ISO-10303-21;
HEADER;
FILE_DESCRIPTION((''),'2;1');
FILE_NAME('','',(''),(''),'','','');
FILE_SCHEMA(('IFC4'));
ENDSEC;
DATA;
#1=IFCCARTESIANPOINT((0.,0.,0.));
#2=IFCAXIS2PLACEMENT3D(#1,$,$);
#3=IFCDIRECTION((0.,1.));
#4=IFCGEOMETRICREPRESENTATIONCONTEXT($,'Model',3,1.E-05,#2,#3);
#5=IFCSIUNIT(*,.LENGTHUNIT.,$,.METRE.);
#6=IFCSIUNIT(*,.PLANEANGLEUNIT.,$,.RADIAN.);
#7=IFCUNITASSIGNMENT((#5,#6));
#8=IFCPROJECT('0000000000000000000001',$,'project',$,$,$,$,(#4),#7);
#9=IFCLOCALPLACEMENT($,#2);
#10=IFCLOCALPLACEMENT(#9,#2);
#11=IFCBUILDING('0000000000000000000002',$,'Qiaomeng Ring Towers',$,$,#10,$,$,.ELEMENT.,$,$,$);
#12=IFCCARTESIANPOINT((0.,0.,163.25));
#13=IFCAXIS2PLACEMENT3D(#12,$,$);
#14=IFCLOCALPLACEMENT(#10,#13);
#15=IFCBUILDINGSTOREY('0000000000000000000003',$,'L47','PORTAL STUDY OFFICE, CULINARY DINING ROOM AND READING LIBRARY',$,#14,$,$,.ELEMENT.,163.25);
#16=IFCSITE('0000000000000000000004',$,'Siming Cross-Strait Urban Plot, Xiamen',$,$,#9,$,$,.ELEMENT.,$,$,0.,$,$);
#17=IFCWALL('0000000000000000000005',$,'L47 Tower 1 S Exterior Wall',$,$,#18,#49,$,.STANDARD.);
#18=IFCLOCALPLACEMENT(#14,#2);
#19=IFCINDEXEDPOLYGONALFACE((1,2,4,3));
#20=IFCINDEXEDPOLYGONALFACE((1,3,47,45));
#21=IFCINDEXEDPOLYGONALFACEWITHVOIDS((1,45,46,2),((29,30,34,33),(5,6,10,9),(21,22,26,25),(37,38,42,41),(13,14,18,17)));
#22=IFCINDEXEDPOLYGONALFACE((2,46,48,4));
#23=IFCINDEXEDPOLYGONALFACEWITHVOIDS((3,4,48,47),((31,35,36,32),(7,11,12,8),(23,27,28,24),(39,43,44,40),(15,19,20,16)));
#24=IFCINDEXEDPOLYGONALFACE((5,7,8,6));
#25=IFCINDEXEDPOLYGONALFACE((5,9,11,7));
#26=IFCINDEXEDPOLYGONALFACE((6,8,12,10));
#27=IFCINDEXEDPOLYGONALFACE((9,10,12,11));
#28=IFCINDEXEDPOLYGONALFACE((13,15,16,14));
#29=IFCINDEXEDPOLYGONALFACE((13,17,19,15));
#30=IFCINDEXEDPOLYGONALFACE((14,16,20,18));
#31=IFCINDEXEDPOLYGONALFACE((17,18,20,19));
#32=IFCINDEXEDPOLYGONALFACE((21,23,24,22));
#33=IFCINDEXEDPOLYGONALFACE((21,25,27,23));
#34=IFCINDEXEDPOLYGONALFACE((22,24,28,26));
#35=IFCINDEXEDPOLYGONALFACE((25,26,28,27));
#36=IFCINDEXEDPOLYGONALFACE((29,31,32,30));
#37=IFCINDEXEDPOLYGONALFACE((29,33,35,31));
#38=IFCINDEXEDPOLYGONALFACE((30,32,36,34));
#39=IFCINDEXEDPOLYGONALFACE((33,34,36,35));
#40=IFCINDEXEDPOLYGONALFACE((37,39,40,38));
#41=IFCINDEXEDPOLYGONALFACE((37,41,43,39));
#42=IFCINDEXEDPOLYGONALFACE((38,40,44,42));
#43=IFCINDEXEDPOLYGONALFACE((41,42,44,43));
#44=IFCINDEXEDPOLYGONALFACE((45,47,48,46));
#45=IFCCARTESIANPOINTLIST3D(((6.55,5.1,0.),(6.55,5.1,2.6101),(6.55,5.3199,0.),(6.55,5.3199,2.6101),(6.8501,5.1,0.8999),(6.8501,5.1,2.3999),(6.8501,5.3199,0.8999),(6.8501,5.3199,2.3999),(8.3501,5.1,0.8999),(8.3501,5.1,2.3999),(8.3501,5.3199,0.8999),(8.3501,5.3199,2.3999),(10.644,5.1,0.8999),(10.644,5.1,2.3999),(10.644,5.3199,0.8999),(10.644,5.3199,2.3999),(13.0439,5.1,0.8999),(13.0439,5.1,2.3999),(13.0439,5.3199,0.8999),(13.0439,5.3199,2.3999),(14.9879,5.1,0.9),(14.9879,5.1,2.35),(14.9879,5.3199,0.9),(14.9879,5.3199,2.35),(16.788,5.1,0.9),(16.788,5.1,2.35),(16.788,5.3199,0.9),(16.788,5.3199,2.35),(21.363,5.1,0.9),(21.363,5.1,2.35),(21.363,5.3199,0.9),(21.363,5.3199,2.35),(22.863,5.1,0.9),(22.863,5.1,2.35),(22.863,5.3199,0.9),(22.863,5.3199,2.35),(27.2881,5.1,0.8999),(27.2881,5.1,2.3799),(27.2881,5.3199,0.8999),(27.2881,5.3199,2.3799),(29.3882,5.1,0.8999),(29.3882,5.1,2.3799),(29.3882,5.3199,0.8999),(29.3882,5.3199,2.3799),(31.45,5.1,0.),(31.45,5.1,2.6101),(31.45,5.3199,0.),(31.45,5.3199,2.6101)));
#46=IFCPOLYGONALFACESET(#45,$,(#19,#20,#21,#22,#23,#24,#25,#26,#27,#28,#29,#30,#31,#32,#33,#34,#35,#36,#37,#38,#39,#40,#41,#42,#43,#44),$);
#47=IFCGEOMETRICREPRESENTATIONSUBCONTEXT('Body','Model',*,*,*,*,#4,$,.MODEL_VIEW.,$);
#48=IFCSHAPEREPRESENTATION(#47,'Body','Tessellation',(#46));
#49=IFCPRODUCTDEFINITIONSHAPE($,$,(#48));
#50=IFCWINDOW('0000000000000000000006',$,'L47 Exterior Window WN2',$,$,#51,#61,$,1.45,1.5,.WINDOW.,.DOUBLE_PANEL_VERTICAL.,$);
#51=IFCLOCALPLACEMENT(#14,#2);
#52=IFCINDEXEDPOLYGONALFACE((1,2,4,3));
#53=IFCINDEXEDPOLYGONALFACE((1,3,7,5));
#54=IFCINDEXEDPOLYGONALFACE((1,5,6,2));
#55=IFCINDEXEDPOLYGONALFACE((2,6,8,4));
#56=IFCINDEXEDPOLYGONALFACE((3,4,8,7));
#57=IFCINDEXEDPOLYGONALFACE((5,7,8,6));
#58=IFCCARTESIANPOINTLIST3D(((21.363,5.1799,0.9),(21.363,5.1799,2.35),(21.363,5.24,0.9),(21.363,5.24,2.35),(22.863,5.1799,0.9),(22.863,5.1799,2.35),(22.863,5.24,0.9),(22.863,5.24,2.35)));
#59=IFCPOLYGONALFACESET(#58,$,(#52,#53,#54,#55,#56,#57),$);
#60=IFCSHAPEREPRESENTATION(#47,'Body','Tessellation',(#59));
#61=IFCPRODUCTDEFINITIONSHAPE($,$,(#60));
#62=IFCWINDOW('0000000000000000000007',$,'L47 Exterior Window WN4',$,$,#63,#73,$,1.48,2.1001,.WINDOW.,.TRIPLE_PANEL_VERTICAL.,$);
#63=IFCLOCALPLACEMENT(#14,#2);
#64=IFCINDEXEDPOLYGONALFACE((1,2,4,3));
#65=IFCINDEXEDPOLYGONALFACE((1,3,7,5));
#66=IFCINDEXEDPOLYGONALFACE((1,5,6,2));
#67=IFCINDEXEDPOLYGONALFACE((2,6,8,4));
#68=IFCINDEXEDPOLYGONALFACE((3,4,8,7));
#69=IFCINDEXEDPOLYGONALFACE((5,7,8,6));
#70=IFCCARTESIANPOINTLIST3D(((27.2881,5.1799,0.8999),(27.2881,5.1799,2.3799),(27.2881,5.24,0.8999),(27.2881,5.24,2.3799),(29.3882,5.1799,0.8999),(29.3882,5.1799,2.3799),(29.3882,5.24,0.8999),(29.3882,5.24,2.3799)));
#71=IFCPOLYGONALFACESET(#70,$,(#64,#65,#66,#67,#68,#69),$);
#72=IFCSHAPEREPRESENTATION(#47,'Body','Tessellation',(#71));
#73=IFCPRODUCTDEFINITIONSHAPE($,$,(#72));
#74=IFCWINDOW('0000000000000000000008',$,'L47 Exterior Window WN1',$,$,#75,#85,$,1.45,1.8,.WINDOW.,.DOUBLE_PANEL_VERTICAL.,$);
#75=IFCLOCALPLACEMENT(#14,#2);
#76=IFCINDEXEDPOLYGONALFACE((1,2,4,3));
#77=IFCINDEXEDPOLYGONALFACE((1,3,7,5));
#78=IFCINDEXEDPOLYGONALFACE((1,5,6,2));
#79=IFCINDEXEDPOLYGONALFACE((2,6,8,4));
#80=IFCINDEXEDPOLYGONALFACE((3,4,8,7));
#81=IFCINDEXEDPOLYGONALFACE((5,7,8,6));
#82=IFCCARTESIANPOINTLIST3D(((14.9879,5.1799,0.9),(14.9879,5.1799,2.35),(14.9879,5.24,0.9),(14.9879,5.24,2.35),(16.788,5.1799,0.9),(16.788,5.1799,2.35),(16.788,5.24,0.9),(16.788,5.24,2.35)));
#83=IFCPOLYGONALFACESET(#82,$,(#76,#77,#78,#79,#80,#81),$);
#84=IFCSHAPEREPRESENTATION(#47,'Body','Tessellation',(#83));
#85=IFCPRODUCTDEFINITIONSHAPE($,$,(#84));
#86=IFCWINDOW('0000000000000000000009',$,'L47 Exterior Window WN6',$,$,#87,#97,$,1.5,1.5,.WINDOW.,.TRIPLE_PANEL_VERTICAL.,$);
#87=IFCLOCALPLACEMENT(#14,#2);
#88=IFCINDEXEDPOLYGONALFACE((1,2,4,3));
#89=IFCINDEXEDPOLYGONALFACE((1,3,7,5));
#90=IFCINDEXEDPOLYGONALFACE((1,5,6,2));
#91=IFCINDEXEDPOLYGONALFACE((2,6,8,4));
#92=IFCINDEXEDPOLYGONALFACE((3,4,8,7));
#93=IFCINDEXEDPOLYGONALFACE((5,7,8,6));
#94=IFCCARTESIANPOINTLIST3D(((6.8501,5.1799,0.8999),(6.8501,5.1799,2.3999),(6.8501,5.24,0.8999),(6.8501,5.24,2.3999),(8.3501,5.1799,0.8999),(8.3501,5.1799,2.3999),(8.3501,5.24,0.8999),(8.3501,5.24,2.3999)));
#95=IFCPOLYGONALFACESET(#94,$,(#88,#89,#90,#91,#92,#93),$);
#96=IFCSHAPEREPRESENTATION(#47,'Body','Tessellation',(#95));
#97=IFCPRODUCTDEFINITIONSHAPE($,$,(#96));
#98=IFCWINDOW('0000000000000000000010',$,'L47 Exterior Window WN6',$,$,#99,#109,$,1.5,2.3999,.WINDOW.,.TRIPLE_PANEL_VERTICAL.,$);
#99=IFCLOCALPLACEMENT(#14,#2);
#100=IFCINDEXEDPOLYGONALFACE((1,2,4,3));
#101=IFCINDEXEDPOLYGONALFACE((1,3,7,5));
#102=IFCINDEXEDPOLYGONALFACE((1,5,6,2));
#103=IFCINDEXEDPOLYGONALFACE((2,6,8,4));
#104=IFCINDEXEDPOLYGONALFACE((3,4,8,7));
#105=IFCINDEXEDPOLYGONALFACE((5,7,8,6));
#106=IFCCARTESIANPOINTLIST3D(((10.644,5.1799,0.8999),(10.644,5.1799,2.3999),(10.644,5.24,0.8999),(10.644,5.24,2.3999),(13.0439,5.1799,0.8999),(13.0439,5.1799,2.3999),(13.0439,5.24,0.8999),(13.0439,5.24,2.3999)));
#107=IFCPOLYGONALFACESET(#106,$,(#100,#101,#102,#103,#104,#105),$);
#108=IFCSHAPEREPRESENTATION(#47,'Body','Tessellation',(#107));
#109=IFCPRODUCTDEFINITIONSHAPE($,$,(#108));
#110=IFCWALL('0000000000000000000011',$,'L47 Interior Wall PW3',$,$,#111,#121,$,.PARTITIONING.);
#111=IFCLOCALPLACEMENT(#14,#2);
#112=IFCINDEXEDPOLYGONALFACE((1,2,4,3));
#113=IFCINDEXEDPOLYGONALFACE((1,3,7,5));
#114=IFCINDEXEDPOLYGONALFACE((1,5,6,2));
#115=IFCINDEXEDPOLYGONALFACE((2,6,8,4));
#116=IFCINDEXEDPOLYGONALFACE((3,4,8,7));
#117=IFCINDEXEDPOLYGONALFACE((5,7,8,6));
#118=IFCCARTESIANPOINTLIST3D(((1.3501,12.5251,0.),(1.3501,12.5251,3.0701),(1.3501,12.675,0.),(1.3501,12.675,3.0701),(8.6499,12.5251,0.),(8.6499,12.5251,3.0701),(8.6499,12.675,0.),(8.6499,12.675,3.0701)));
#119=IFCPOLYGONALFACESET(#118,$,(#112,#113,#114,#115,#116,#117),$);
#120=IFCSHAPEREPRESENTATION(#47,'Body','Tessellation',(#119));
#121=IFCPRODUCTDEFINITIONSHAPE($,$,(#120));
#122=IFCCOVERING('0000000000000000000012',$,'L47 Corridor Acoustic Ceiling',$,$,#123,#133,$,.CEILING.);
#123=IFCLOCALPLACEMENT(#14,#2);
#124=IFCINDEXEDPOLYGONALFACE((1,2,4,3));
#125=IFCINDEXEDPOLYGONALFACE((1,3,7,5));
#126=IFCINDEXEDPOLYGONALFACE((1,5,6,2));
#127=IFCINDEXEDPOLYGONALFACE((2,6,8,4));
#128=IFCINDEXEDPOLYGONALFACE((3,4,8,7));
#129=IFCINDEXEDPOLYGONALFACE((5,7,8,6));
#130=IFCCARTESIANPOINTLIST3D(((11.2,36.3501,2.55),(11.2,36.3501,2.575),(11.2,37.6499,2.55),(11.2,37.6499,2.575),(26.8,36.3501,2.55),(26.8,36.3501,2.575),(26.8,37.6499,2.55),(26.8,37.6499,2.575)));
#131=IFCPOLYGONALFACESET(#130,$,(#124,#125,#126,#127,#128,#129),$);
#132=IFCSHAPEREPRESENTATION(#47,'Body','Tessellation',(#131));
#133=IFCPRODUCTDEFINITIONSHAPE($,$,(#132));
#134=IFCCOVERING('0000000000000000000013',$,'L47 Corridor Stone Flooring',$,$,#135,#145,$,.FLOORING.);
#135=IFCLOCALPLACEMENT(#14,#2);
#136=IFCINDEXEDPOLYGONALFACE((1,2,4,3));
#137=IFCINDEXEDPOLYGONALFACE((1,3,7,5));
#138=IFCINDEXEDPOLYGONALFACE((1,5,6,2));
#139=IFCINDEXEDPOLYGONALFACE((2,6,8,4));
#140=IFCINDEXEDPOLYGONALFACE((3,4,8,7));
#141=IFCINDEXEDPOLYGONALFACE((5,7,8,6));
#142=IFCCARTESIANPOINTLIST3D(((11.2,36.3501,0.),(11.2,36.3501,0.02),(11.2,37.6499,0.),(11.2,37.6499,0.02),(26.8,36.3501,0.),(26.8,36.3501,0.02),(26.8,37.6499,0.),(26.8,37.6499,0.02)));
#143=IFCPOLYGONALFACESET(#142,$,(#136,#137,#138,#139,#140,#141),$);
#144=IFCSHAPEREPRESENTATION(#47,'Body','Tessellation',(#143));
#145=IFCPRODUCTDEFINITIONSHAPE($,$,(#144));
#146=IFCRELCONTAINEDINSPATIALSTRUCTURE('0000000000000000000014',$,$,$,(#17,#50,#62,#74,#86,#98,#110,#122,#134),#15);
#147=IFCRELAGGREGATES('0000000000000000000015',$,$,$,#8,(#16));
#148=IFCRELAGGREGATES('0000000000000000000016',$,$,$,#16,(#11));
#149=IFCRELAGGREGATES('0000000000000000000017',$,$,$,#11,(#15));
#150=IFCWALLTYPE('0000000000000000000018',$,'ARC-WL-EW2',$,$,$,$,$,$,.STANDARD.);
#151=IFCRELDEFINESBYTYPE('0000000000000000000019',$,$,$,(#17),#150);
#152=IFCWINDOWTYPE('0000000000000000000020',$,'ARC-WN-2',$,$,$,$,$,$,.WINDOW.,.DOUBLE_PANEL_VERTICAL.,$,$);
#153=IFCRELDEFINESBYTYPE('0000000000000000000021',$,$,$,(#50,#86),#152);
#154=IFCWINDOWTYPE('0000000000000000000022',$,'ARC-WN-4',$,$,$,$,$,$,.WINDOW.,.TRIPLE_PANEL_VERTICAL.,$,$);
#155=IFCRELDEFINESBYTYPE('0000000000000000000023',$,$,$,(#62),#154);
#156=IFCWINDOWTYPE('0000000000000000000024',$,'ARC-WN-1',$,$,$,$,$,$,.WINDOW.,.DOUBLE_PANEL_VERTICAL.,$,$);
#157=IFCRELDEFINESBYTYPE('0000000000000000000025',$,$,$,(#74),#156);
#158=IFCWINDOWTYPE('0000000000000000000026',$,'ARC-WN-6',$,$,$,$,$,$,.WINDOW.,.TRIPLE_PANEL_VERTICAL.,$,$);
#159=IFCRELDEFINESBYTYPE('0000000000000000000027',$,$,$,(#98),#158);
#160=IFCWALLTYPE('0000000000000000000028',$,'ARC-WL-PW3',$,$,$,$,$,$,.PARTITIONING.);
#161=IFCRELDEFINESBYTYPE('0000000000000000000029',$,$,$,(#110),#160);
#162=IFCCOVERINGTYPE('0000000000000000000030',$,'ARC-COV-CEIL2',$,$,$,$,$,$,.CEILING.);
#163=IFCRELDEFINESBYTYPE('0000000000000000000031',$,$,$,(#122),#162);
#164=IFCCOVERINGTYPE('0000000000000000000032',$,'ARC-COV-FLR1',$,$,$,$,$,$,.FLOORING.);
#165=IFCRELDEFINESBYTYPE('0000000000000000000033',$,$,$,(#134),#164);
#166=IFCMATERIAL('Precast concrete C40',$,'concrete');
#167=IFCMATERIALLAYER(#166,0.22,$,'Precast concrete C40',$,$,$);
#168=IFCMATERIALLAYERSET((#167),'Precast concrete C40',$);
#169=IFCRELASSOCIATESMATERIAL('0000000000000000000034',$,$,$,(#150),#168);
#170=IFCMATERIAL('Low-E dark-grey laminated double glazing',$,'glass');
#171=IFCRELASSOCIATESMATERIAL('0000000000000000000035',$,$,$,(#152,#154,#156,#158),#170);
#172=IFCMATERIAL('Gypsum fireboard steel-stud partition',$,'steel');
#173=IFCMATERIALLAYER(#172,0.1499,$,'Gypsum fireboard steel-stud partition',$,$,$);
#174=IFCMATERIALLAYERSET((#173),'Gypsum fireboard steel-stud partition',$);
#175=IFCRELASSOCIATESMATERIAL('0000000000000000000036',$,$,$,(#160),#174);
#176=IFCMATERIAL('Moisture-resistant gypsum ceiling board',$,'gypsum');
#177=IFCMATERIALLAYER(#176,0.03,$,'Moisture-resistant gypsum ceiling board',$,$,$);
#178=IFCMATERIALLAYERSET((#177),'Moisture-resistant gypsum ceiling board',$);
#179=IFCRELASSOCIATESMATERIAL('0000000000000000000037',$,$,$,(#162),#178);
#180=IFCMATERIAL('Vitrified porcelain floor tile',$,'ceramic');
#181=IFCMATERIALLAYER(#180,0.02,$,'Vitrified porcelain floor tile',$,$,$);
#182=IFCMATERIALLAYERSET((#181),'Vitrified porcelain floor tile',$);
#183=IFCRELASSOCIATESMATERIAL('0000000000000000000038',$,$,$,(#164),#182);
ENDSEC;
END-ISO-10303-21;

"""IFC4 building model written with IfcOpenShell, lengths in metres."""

from ifc_helpers import new_model, si_unit, direction, frame, frame_2d, origin, place, context, subcontext, project, spatial, polyline, rectangle, outline, extrude, source, transform, mapped, material, layer, layer_set, type_object, element, fill, save


model = new_model("IFC4")

# Units and contexts
model_context = context("Model", 3, precision=1e-05, world=origin(), true_north=direction((0.0, 1.0)))
body_context = subcontext(model_context, "Body", "Model", "MODEL_VIEW")
ifc_project = project(units=[si_unit("LENGTHUNIT", "METRE"), si_unit("PLANEANGLEUNIT", "RADIAN")], contexts=[model_context])

# Site, building, storey
site_placement = place(None, origin())
site = spatial("IfcSite", under=ifc_project, at=site_placement, Name="Siming Cross-Strait Urban Plot, Xiamen", CompositionType="ELEMENT", RefElevation=0.0)
building_placement = place(site_placement, origin())
building = spatial("IfcBuilding", under=site, at=building_placement, Name="Qiaomeng Ring Towers", CompositionType="ELEMENT")
storey_placement = place(building_placement, frame((0.0, 0.0, 163.25)))
storey = spatial("IfcBuildingStorey", under=building, at=storey_placement, Name="L47", Description="PORTAL STUDY OFFICE, CULINARY DINING ROOM AND READING LIBRARY", CompositionType="ELEMENT", Elevation=163.25)

# Shared definitions
ifc_material_1 = material(Name="Precast concrete C40", Category="concrete")

# Shared definitions
ifc_material_2 = material(Name="Low-E dark-grey laminated double glazing", Category="glass")

# Shared definitions
ifc_layer_1 = layer(ifc_material_1, 0.22, Name="Precast concrete C40")
ifc_layer_set_1 = layer_set([ifc_layer_1], Name="Precast concrete C40")
wall_type_1 = type_object("IfcWallType", Name="ARC-WL-EW2", PredefinedType="STANDARD", material=ifc_layer_set_1)

# Wall, openings, windows
wall_1_placement = place(storey_placement, frame((6.55, 5.21, 0.0), z_axis=(0.0, 0.0, 1.0), x_axis=(1.0, 0.0, 0.0)))
wall_1 = element("IfcWall", 1, at=wall_1_placement, inside=storey, type_object=wall_type_1, Name="L47 Tower 1 S Exterior Wall", PredefinedType="STANDARD", context=body_context, shape_type="SweptSolid", body=[
    extrude(rectangle(XDim=24.8999, YDim=0.22, at=frame_2d((12.45, 0.0))), origin(), (0.0, 0.0, 1.0), 2.6101),
])
opening_1_placement = place(wall_1_placement, frame((0.3, 0.0, 0.8999)))
opening_1 = element("IfcOpeningElement", 2, at=opening_1_placement, cuts=wall_1, PredefinedType="OPENING", context=body_context, shape_type="SweptSolid", body=[
    extrude(rectangle(XDim=1.5, YDim=1.5, at=frame_2d((0.75, 0.75))), frame((0.0, 0.1199, 0.0), z_axis=(0.0, -1.0, 0.0), x_axis=(1.0, 0.0, 0.0)), (0.0, 0.0, 1.0), 0.24),
])
opening_2_placement = place(wall_1_placement, frame((8.438, 0.0, 0.8999)))
opening_2 = element("IfcOpeningElement", 3, at=opening_2_placement, cuts=wall_1, PredefinedType="OPENING", context=body_context, shape_type="SweptSolid", body=[
    extrude(rectangle(XDim=1.8, YDim=1.45, at=frame_2d((0.8999, 0.7251))), frame((0.0, 0.1199, 0.0), z_axis=(0.0, -1.0, 0.0), x_axis=(1.0, 0.0, 0.0)), (0.0, 0.0, 1.0), 0.24),
])
opening_3_placement = place(wall_1_placement, frame((14.813, 0.0, 0.8999)))
opening_3 = element("IfcOpeningElement", 4, at=opening_3_placement, cuts=wall_1, PredefinedType="OPENING", context=body_context, shape_type="SweptSolid", body=[
    extrude(rectangle(XDim=1.5, YDim=1.45, at=frame_2d((0.75, 0.7251))), frame((0.0, 0.1199, 0.0), z_axis=(0.0, -1.0, 0.0), x_axis=(1.0, 0.0, 0.0)), (0.0, 0.0, 1.0), 0.24),
])
opening_4_placement = place(wall_1_placement, frame((20.738, 0.0, 0.8999)))
opening_4 = element("IfcOpeningElement", 5, at=opening_4_placement, cuts=wall_1, PredefinedType="OPENING", context=body_context, shape_type="SweptSolid", body=[
    extrude(rectangle(XDim=2.1001, YDim=1.48, at=frame_2d((1.05, 0.74))), frame((0.0, 0.1199, 0.0), z_axis=(0.0, -1.0, 0.0), x_axis=(1.0, 0.0, 0.0)), (0.0, 0.0, 1.0), 0.24),
])
opening_5_placement = place(wall_1_placement, frame((4.094, 0.0, 0.8999)))
opening_5 = element("IfcOpeningElement", 6, at=opening_5_placement, cuts=wall_1, PredefinedType="OPENING", context=body_context, shape_type="SweptSolid", body=[
    extrude(rectangle(XDim=2.3999, YDim=1.5, at=frame_2d((1.2, 0.75))), frame((0.0, 0.1199, 0.0), z_axis=(0.0, -1.0, 0.0), x_axis=(1.0, 0.0, 0.0)), (0.0, 0.0, 1.0), 0.24),
])
window_type_1 = type_object("IfcWindowType", Name="ARC-WN-2", PartitioningType="DOUBLE_PANEL_VERTICAL", PredefinedType="WINDOW", material=ifc_material_2)
shared_shape_1 = source(origin(), body_context, "Body", "SweptSolid", [
    extrude(rectangle(XDim=1.5, YDim=1.45, at=frame_2d((0.75, 0.7251))), frame((0.0, 0.03, 0.0), z_axis=(0.0, -1.0, 0.0), x_axis=(1.0, 0.0, 0.0)), (0.0, 0.0, 1.0), 0.0601),
])
window_1_placement = place(opening_3_placement, origin())
window_1 = element("IfcWindow", 7, at=window_1_placement, inside=storey, type_object=window_type_1, Name="L47 Exterior Window WN2", OverallHeight=1.45, OverallWidth=1.5, PartitioningType="DOUBLE_PANEL_VERTICAL", PredefinedType="WINDOW", context=body_context, shape_type="MappedRepresentation", body=[
    mapped(shared_shape_1, transform((0.0, 0.0, 0.0), x_axis=(1.0, 0.0, 0.0), y_axis=(0.0, 1.0, 0.0), z_axis=(0.0, 0.0, 1.0), scale=1.0)),
])
fill(opening_3, window_1)
window_type_2 = type_object("IfcWindowType", Name="ARC-WN-4", PartitioningType="TRIPLE_PANEL_VERTICAL", PredefinedType="WINDOW", material=ifc_material_2)
shared_shape_2 = source(origin(), body_context, "Body", "SweptSolid", [
    extrude(rectangle(XDim=2.1001, YDim=1.48, at=frame_2d((1.05, 0.74))), frame((0.0, 0.03, 0.0), z_axis=(0.0, -1.0, 0.0), x_axis=(1.0, 0.0, 0.0)), (0.0, 0.0, 1.0), 0.0601),
])
window_2_placement = place(opening_4_placement, origin())
window_2 = element("IfcWindow", 8, at=window_2_placement, inside=storey, type_object=window_type_2, Name="L47 Exterior Window WN4", OverallHeight=1.48, OverallWidth=2.1001, PartitioningType="TRIPLE_PANEL_VERTICAL", PredefinedType="WINDOW", context=body_context, shape_type="MappedRepresentation", body=[
    mapped(shared_shape_2, transform((0.0, 0.0, 0.0), x_axis=(1.0, 0.0, 0.0), y_axis=(0.0, 1.0, 0.0), z_axis=(0.0, 0.0, 1.0), scale=1.0)),
])
fill(opening_4, window_2)
window_type_3 = type_object("IfcWindowType", Name="ARC-WN-1", PartitioningType="DOUBLE_PANEL_VERTICAL", PredefinedType="WINDOW", material=ifc_material_2)
shared_shape_3 = source(origin(), body_context, "Body", "SweptSolid", [
    extrude(rectangle(XDim=1.8, YDim=1.45, at=frame_2d((0.8999, 0.7251))), frame((0.0, 0.03, 0.0), z_axis=(0.0, -1.0, 0.0), x_axis=(1.0, 0.0, 0.0)), (0.0, 0.0, 1.0), 0.0601),
])
window_3_placement = place(opening_2_placement, origin())
window_3 = element("IfcWindow", 9, at=window_3_placement, inside=storey, type_object=window_type_3, Name="L47 Exterior Window WN1", OverallHeight=1.45, OverallWidth=1.8, PartitioningType="DOUBLE_PANEL_VERTICAL", PredefinedType="WINDOW", context=body_context, shape_type="MappedRepresentation", body=[
    mapped(shared_shape_3, transform((0.0, 0.0, 0.0), x_axis=(1.0, 0.0, 0.0), y_axis=(0.0, 1.0, 0.0), z_axis=(0.0, 0.0, 1.0), scale=1.0)),
])
fill(opening_2, window_3)
shared_shape_4 = source(origin(), body_context, "Body", "SweptSolid", [
    extrude(rectangle(XDim=1.5, YDim=1.5, at=frame_2d((0.75, 0.75))), frame((0.0, 0.03, 0.0), z_axis=(0.0, -1.0, 0.0), x_axis=(1.0, 0.0, 0.0)), (0.0, 0.0, 1.0), 0.0601),
])
window_4_placement = place(opening_1_placement, origin())
window_4 = element("IfcWindow", 10, at=window_4_placement, inside=storey, type_object=window_type_1, Name="L47 Exterior Window WN6", OverallHeight=1.5, OverallWidth=1.5, PartitioningType="TRIPLE_PANEL_VERTICAL", PredefinedType="WINDOW", context=body_context, shape_type="MappedRepresentation", body=[
    mapped(shared_shape_4, transform((0.0, 0.0, 0.0), x_axis=(1.0, 0.0, 0.0), y_axis=(0.0, 1.0, 0.0), z_axis=(0.0, 0.0, 1.0), scale=1.0)),
])
fill(opening_1, window_4)
window_type_4 = type_object("IfcWindowType", Name="ARC-WN-6", PartitioningType="TRIPLE_PANEL_VERTICAL", PredefinedType="WINDOW", material=ifc_material_2)
shared_shape_5 = source(origin(), body_context, "Body", "SweptSolid", [
    extrude(rectangle(XDim=2.3999, YDim=1.5, at=frame_2d((1.2, 0.75))), frame((0.0, 0.03, 0.0), z_axis=(0.0, -1.0, 0.0), x_axis=(1.0, 0.0, 0.0)), (0.0, 0.0, 1.0), 0.0601),
])
window_5_placement = place(opening_5_placement, origin())
window_5 = element("IfcWindow", 11, at=window_5_placement, inside=storey, type_object=window_type_4, Name="L47 Exterior Window WN6", OverallHeight=1.5, OverallWidth=2.3999, PartitioningType="TRIPLE_PANEL_VERTICAL", PredefinedType="WINDOW", context=body_context, shape_type="MappedRepresentation", body=[
    mapped(shared_shape_5, transform((0.0, 0.0, 0.0), x_axis=(1.0, 0.0, 0.0), y_axis=(0.0, 1.0, 0.0), z_axis=(0.0, 0.0, 1.0), scale=1.0)),
])
fill(opening_5, window_5)

# Wall
ifc_material_3 = material(Name="Gypsum fireboard steel-stud partition", Category="steel")
ifc_layer_2 = layer(ifc_material_3, 0.1499, Name="Gypsum fireboard steel-stud partition")
ifc_layer_set_2 = layer_set([ifc_layer_2], Name="Gypsum fireboard steel-stud partition")
wall_type_2 = type_object("IfcWallType", Name="ARC-WL-PW3", PredefinedType="PARTITIONING", material=ifc_layer_set_2)
wall_2_placement = place(storey_placement, frame((1.3501, 12.6001, 0.0), z_axis=(0.0, 0.0, 1.0), x_axis=(1.0, 0.0, 0.0)))
element("IfcWall", 12, at=wall_2_placement, inside=storey, type_object=wall_type_2, Name="L47 Interior Wall PW3", PredefinedType="PARTITIONING", context=body_context, shape_type="SweptSolid", body=[
    extrude(rectangle(XDim=7.2998, YDim=0.1499, at=frame_2d((3.6499, 0.0))), origin(), (0.0, 0.0, 1.0), 3.0701),
])

# Coverings
ifc_material_4 = material(Name="Moisture-resistant gypsum ceiling board", Category="gypsum")
ifc_layer_3 = layer(ifc_material_4, 0.03, Name="Moisture-resistant gypsum ceiling board")
ifc_layer_set_3 = layer_set([ifc_layer_3], Name="Moisture-resistant gypsum ceiling board")
covering_type_1 = type_object("IfcCoveringType", Name="ARC-COV-CEIL2", PredefinedType="CEILING", material=ifc_layer_set_3)
covering_1_placement = place(storey_placement, frame((0.0, 0.0, 2.55)))
element("IfcCovering", 13, at=covering_1_placement, inside=storey, type_object=covering_type_1, Name="L47 Corridor Acoustic Ceiling", PredefinedType="CEILING", context=body_context, shape_type="SweptSolid", body=[
    extrude(outline(polyline([(11.2, 36.3501), (11.2, 37.6499), (26.8, 37.6499), (26.8, 36.3501), (11.2, 36.3501)])), origin(), (0.0, 0.0, 1.0), 0.0249),
])
ifc_material_5 = material(Name="Vitrified porcelain floor tile", Category="ceramic")
ifc_layer_4 = layer(ifc_material_5, 0.02, Name="Vitrified porcelain floor tile")
ifc_layer_set_4 = layer_set([ifc_layer_4], Name="Vitrified porcelain floor tile")
covering_type_2 = type_object("IfcCoveringType", Name="ARC-COV-FLR1", PredefinedType="FLOORING", material=ifc_layer_set_4)
covering_2_placement = place(storey_placement, origin())
element("IfcCovering", 14, at=covering_2_placement, inside=storey, type_object=covering_type_2, Name="L47 Corridor Stone Flooring", PredefinedType="FLOORING", context=body_context, shape_type="SweptSolid", body=[
    extrude(outline(polyline([(11.2, 36.3501), (11.2, 37.6499), (26.8, 37.6499), (26.8, 36.3501), (11.2, 36.3501)])), origin(), (0.0, 0.0, 1.0), 0.02),
])

save(model, "model.ifc")
